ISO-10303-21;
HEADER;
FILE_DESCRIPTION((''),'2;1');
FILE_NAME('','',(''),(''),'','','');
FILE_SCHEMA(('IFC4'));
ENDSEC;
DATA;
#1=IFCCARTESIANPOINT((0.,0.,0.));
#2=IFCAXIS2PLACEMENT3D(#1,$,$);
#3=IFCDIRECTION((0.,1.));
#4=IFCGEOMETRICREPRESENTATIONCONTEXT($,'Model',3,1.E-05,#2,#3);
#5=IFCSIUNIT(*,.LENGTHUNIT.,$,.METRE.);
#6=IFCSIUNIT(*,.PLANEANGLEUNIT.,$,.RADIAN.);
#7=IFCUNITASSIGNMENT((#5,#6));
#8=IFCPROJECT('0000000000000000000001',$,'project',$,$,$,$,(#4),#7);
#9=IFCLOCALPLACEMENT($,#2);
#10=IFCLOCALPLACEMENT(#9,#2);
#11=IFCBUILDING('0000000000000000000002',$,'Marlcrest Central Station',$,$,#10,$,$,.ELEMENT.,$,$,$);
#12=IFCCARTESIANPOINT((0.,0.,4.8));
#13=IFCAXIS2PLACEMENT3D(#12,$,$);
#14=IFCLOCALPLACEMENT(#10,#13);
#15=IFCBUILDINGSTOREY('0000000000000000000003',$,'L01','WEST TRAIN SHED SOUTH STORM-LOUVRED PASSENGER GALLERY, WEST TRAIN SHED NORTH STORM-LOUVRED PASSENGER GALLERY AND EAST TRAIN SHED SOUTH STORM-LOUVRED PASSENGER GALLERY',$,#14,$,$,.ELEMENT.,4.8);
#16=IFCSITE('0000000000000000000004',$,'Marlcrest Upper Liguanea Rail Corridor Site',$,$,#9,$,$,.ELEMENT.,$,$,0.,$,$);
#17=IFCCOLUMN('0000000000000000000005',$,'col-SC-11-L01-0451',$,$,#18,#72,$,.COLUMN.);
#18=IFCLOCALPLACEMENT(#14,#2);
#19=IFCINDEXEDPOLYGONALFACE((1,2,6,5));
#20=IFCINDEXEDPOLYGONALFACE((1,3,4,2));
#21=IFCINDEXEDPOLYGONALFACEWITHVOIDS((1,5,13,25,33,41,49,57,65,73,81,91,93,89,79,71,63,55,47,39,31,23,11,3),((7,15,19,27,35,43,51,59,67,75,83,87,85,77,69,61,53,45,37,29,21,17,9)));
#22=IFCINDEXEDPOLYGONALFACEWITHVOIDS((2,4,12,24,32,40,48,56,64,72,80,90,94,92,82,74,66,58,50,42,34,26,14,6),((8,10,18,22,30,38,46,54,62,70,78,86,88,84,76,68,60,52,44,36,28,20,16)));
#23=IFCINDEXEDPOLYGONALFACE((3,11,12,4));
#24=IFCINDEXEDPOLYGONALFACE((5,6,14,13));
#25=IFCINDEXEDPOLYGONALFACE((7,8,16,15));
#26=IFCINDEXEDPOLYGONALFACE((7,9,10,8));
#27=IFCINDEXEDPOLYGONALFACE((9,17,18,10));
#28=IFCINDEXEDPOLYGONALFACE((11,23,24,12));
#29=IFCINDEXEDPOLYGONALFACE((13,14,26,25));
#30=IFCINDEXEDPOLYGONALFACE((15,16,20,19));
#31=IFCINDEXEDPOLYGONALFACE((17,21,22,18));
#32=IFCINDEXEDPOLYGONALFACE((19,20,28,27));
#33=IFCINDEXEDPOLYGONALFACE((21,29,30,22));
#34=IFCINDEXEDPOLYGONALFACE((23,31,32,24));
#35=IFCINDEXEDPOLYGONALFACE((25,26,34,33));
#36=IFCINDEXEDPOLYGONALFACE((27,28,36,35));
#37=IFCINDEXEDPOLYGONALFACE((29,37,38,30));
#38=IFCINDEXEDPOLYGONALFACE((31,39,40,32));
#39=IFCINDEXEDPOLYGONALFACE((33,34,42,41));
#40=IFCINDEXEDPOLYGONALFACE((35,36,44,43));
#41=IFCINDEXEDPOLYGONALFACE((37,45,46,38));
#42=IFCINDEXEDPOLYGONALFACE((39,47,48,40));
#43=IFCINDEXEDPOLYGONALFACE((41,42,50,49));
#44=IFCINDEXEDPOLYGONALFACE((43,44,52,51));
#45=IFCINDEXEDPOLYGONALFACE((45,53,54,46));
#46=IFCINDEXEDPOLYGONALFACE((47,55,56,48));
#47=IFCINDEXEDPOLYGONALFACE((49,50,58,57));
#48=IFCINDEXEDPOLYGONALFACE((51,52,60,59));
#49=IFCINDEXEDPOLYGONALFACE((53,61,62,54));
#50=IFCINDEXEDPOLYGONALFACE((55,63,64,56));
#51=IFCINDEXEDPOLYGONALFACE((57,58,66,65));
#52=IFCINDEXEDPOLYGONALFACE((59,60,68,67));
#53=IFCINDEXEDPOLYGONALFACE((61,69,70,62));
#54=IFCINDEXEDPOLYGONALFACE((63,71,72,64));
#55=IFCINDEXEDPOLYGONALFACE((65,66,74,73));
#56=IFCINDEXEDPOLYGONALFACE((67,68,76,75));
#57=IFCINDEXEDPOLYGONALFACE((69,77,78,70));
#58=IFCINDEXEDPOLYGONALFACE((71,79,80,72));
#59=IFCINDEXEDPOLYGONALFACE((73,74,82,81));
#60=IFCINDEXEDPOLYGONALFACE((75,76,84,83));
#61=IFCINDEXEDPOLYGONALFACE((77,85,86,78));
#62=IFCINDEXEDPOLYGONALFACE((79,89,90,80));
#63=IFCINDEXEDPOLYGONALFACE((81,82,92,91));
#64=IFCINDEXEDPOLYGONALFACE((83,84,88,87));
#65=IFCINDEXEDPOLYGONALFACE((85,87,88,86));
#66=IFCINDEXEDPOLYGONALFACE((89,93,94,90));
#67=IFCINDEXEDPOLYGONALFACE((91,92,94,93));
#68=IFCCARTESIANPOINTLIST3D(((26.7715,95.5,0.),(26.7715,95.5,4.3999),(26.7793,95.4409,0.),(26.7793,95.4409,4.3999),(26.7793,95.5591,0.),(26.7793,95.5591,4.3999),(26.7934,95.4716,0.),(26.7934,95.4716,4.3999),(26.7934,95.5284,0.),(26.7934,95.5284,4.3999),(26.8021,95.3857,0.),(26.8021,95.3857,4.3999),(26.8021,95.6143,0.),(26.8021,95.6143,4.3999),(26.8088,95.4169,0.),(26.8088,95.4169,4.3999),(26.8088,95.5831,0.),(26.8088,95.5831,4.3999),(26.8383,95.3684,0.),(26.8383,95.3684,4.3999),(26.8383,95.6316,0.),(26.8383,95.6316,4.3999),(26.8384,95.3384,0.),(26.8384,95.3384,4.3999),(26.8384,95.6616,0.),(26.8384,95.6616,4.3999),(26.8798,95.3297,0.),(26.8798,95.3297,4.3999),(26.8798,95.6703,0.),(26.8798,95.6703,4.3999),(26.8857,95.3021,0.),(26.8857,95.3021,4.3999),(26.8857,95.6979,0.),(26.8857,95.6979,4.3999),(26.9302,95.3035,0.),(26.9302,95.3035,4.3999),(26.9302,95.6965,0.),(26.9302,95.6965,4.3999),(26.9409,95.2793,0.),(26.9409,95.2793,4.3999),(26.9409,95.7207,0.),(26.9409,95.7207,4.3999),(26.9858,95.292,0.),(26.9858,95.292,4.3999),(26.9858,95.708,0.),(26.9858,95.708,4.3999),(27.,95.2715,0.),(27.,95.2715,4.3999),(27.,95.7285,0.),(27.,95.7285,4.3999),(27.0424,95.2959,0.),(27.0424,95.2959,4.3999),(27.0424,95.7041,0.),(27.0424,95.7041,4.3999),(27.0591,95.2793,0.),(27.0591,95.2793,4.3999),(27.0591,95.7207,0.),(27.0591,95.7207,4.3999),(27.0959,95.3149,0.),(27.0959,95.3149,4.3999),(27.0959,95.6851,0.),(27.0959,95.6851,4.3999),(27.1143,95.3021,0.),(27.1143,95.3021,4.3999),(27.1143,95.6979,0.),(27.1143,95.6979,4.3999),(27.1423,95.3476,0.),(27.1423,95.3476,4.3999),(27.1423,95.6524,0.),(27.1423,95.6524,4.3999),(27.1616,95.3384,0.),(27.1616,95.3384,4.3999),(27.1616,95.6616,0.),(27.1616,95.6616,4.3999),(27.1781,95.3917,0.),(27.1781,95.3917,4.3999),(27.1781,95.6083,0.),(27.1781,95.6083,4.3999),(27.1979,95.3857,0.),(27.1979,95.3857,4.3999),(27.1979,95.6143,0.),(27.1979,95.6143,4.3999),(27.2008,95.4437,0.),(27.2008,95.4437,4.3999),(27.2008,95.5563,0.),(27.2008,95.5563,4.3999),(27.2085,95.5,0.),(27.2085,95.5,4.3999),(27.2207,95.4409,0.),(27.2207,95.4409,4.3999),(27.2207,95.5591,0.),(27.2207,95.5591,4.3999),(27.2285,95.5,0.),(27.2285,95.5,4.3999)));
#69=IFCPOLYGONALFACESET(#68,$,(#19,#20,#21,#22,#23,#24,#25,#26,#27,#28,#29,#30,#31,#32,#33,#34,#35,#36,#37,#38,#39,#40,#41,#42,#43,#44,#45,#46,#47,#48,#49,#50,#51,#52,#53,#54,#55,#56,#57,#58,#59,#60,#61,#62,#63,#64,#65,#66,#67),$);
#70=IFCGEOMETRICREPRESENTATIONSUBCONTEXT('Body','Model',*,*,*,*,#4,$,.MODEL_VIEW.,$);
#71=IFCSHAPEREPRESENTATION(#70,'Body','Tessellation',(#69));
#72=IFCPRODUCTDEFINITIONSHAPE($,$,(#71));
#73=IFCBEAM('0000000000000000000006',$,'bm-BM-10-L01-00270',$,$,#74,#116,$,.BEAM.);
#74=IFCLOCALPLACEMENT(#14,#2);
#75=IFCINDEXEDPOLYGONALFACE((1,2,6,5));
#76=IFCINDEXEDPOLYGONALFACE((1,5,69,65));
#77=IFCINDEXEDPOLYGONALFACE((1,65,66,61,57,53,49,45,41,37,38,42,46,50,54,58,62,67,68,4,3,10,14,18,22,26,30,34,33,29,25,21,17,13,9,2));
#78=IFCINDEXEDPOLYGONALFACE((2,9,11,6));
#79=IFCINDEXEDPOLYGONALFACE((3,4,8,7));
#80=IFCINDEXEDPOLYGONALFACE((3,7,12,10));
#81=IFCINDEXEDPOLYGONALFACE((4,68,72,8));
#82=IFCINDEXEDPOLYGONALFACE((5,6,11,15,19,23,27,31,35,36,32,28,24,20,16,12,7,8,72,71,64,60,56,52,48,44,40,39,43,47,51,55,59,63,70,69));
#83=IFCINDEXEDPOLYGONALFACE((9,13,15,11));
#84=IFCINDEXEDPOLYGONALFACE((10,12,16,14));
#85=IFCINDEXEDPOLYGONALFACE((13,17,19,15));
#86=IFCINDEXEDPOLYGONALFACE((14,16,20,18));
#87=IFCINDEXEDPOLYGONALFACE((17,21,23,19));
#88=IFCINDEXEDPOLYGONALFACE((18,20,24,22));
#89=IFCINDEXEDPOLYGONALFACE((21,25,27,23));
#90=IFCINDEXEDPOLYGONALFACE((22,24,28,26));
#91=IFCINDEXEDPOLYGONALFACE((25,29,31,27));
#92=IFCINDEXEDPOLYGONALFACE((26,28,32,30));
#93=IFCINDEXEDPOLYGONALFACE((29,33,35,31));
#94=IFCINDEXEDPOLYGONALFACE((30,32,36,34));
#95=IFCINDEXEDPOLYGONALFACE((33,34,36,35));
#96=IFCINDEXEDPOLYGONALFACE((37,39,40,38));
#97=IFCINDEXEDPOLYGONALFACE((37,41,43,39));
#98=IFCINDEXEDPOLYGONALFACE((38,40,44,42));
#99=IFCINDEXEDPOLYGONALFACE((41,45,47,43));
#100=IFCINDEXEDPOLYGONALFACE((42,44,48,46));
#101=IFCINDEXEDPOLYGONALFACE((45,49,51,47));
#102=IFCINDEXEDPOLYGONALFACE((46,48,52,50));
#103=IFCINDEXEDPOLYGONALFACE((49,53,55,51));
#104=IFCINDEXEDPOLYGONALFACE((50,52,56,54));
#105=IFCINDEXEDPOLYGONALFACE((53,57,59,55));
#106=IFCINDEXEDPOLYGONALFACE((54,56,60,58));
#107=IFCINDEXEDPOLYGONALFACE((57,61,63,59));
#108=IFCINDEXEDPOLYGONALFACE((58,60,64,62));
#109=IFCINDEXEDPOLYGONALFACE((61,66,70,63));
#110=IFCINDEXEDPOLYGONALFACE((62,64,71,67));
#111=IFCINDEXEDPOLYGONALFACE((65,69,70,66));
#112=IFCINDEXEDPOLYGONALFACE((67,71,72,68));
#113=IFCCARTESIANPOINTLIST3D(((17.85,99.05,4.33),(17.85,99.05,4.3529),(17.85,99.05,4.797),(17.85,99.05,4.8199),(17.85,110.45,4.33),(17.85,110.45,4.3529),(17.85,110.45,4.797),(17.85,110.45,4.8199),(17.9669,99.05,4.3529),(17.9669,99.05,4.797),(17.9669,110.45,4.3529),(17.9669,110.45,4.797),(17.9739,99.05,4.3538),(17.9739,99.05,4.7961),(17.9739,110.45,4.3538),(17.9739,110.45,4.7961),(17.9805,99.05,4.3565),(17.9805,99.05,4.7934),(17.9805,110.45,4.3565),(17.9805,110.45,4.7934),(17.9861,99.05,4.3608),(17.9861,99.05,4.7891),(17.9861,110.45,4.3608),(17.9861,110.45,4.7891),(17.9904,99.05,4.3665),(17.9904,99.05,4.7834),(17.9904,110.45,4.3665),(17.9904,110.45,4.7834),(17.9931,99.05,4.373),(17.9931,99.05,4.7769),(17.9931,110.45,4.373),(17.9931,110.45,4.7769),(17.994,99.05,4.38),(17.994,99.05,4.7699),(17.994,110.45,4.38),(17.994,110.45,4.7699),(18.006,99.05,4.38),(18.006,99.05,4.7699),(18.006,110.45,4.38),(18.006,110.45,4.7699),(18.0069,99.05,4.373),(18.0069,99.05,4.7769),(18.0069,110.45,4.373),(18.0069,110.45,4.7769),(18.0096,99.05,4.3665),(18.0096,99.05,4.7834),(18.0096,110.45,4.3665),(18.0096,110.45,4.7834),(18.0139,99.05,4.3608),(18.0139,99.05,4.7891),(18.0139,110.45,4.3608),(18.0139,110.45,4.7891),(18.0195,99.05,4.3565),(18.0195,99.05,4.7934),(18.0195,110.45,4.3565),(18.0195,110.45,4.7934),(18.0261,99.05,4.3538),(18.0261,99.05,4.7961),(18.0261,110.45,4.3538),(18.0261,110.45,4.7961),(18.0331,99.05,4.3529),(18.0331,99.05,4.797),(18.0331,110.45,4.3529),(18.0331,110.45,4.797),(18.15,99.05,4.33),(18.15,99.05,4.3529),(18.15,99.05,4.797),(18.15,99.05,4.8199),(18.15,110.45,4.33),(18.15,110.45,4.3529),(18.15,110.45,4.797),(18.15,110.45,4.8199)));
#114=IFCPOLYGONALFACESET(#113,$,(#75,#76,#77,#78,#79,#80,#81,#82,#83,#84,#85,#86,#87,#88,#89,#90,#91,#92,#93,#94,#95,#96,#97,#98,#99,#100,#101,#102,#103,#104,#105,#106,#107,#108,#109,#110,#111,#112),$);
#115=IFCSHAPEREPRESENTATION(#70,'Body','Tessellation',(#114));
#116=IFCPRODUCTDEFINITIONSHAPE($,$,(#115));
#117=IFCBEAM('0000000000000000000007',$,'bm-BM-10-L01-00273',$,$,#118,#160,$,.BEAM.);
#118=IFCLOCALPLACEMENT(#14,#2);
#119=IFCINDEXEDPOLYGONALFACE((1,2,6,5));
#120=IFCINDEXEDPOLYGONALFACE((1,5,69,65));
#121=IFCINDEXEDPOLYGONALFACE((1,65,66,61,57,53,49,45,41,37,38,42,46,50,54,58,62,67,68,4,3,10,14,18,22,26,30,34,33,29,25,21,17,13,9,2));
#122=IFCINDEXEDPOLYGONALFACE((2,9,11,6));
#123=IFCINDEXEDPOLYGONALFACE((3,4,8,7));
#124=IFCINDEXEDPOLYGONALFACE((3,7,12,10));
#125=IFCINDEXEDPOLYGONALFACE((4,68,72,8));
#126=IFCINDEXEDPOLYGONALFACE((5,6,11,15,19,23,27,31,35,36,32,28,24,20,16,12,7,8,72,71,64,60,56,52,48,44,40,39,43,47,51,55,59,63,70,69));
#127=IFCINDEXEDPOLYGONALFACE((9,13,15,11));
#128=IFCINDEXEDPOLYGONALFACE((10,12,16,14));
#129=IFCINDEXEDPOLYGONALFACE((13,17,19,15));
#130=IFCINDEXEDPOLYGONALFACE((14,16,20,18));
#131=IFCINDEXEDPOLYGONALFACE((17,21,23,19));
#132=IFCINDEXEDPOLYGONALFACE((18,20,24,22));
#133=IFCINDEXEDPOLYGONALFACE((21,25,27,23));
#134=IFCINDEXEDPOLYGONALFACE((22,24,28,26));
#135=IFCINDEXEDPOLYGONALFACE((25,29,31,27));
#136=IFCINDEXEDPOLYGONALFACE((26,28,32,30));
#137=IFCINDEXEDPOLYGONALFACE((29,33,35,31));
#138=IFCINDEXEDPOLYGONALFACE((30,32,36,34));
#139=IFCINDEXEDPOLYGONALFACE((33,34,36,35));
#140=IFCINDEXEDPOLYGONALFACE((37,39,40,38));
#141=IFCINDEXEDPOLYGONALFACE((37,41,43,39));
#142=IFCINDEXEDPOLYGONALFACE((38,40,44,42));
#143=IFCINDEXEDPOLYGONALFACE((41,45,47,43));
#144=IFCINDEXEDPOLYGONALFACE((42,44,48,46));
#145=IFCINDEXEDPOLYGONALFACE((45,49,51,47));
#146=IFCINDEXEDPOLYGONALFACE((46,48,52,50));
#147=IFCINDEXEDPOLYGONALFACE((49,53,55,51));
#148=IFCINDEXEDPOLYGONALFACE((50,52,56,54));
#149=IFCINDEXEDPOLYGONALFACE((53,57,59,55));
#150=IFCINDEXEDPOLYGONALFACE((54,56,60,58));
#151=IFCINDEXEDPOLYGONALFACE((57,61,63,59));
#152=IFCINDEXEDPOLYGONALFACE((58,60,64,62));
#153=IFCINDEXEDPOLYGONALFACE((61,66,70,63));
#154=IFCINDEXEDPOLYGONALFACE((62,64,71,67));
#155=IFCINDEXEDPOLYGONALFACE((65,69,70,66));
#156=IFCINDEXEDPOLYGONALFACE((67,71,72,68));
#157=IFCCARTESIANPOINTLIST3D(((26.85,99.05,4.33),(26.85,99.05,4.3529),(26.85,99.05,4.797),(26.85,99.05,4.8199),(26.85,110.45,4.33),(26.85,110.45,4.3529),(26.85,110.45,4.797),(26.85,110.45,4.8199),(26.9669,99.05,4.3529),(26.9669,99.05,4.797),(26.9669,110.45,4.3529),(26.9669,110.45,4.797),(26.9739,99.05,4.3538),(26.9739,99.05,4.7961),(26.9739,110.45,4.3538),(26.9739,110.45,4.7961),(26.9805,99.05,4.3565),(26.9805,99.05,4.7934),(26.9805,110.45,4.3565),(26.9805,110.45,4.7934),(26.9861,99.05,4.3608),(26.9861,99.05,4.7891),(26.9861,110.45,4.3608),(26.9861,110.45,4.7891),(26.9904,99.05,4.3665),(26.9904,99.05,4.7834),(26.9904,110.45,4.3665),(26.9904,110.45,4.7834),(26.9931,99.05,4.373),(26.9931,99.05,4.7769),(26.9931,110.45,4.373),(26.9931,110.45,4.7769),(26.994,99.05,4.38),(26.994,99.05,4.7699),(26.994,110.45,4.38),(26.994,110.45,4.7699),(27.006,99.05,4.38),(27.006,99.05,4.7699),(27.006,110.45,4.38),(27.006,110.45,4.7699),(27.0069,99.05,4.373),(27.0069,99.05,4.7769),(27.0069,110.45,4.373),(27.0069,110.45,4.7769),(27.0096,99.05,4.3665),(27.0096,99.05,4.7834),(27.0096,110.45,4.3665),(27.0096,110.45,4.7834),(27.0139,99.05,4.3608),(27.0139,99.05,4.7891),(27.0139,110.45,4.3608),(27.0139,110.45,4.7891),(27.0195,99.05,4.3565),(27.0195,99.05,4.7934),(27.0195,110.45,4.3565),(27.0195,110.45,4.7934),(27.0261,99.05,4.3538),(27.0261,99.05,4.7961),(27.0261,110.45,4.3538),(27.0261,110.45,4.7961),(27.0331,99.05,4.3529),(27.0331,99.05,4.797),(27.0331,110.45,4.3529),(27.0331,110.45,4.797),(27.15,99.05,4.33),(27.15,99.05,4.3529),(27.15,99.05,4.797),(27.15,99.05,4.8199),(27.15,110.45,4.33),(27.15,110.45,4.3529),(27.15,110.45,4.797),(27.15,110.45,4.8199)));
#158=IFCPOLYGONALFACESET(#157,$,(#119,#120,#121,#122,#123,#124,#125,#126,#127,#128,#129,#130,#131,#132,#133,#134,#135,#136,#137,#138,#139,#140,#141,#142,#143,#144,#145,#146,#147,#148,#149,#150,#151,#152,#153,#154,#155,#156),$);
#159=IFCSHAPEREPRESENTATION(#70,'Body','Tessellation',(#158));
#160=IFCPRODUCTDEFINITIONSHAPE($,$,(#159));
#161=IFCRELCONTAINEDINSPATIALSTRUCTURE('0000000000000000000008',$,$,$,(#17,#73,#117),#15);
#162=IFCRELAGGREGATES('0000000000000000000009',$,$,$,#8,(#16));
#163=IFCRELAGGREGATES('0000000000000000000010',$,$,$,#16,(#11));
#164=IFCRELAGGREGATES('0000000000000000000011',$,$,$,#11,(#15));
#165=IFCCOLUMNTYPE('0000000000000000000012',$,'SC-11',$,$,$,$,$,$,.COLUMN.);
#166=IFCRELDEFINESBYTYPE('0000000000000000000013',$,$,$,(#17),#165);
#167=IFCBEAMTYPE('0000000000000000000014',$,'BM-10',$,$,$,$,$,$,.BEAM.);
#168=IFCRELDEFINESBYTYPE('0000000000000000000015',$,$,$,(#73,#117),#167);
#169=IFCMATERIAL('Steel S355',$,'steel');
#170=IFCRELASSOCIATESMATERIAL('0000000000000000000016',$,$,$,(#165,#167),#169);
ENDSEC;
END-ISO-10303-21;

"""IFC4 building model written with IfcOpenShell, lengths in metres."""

from ifc_helpers import new_model, si_unit, direction, frame, origin, origin_2d, place, context, subcontext, project, spatial, hollow_circle, i_section, extrude, material, material_profile, profile_set, type_object, element, save


model = new_model("IFC4")

# Units and contexts
model_context = context("Model", 3, precision=1e-05, world=origin(), true_north=direction((0.0, 1.0)))
body_context = subcontext(model_context, "Body", "Model", "MODEL_VIEW")
ifc_project = project(units=[si_unit("LENGTHUNIT", "METRE"), si_unit("PLANEANGLEUNIT", "RADIAN")], contexts=[model_context])

# Site, building, storey
site_placement = place(None, origin())
site = spatial("IfcSite", under=ifc_project, at=site_placement, Name="Marlcrest Upper Liguanea Rail Corridor Site", CompositionType="ELEMENT", RefElevation=0.0)
building_placement = place(site_placement, origin())
building = spatial("IfcBuilding", under=site, at=building_placement, Name="Marlcrest Central Station", CompositionType="ELEMENT")
storey_placement = place(building_placement, frame((0.0, 0.0, 4.8)))
storey = spatial("IfcBuildingStorey", under=building, at=storey_placement, Name="L01", Description="WEST TRAIN SHED SOUTH STORM-LOUVRED PASSENGER GALLERY, WEST TRAIN SHED NORTH STORM-LOUVRED PASSENGER GALLERY AND EAST TRAIN SHED SOUTH STORM-LOUVRED PASSENGER GALLERY", CompositionType="ELEMENT", Elevation=4.8)

# Column
ifc_material_1 = material(Name="Steel S355", Category="steel")
ifc_material_profile_1 = material_profile(ifc_material_1, hollow_circle(Radius=0.2285, WallThickness=0.02, at=origin_2d()), Name="CHS 457x20")
ifc_profile_set_1 = profile_set([ifc_material_profile_1], Name="Steel S355")
column_type_1 = type_object("IfcColumnType", Name="SC-11", PredefinedType="COLUMN", material=ifc_profile_set_1)
for number, where, z_axis, x_axis, name in (
    (1, (27.0, 95.5, 0.0), (0.0, 0.0, 1.0), (1.0, 0.0, 0.0), "col-SC-11-L01-0451"),
):
    element("IfcColumn", number, at=place(storey_placement, frame(where, z_axis=z_axis, x_axis=x_axis)), inside=storey, type_object=column_type_1, Name=name, PredefinedType="COLUMN", context=body_context, shape_type="SweptSolid", body=[
        extrude(hollow_circle(Radius=0.2285, WallThickness=0.02, at=origin_2d()), origin(), (0.0, 0.0, 1.0), 4.3999),
    ])

# Beams
ifc_material_profile_2 = material_profile(ifc_material_1, i_section(OverallWidth=0.3, OverallDepth=0.49, WebThickness=0.012, FlangeThickness=0.0229, FilletRadius=0.0271, at=origin_2d()), Name="HEA 500")
ifc_profile_set_2 = profile_set([ifc_material_profile_2], Name="Steel S355")
beam_type_1 = type_object("IfcBeamType", Name="BM-10", PredefinedType="BEAM", material=ifc_profile_set_2)
for number, where, z_axis, x_axis, name in (
    (2, (18.0, 99.05, 4.575), (0.0, 1.0, 0.0), (-1.0, 0.0, 0.0), "bm-BM-10-L01-00270"),
    (3, (27.0, 99.05, 4.575), (0.0, 1.0, 0.0), (-1.0, 0.0, 0.0), "bm-BM-10-L01-00273"),
):
    element("IfcBeam", number, at=place(storey_placement, frame(where, z_axis=z_axis, x_axis=x_axis)), inside=storey, type_object=beam_type_1, Name=name, PredefinedType="BEAM", context=body_context, shape_type="SweptSolid", body=[
        extrude(i_section(OverallWidth=0.3, OverallDepth=0.49, WebThickness=0.012, FlangeThickness=0.0229, FilletRadius=0.0271, at=origin_2d()), origin(), (0.0, 0.0, 1.0), 11.3999),
    ])

save(model, "model.ifc")
